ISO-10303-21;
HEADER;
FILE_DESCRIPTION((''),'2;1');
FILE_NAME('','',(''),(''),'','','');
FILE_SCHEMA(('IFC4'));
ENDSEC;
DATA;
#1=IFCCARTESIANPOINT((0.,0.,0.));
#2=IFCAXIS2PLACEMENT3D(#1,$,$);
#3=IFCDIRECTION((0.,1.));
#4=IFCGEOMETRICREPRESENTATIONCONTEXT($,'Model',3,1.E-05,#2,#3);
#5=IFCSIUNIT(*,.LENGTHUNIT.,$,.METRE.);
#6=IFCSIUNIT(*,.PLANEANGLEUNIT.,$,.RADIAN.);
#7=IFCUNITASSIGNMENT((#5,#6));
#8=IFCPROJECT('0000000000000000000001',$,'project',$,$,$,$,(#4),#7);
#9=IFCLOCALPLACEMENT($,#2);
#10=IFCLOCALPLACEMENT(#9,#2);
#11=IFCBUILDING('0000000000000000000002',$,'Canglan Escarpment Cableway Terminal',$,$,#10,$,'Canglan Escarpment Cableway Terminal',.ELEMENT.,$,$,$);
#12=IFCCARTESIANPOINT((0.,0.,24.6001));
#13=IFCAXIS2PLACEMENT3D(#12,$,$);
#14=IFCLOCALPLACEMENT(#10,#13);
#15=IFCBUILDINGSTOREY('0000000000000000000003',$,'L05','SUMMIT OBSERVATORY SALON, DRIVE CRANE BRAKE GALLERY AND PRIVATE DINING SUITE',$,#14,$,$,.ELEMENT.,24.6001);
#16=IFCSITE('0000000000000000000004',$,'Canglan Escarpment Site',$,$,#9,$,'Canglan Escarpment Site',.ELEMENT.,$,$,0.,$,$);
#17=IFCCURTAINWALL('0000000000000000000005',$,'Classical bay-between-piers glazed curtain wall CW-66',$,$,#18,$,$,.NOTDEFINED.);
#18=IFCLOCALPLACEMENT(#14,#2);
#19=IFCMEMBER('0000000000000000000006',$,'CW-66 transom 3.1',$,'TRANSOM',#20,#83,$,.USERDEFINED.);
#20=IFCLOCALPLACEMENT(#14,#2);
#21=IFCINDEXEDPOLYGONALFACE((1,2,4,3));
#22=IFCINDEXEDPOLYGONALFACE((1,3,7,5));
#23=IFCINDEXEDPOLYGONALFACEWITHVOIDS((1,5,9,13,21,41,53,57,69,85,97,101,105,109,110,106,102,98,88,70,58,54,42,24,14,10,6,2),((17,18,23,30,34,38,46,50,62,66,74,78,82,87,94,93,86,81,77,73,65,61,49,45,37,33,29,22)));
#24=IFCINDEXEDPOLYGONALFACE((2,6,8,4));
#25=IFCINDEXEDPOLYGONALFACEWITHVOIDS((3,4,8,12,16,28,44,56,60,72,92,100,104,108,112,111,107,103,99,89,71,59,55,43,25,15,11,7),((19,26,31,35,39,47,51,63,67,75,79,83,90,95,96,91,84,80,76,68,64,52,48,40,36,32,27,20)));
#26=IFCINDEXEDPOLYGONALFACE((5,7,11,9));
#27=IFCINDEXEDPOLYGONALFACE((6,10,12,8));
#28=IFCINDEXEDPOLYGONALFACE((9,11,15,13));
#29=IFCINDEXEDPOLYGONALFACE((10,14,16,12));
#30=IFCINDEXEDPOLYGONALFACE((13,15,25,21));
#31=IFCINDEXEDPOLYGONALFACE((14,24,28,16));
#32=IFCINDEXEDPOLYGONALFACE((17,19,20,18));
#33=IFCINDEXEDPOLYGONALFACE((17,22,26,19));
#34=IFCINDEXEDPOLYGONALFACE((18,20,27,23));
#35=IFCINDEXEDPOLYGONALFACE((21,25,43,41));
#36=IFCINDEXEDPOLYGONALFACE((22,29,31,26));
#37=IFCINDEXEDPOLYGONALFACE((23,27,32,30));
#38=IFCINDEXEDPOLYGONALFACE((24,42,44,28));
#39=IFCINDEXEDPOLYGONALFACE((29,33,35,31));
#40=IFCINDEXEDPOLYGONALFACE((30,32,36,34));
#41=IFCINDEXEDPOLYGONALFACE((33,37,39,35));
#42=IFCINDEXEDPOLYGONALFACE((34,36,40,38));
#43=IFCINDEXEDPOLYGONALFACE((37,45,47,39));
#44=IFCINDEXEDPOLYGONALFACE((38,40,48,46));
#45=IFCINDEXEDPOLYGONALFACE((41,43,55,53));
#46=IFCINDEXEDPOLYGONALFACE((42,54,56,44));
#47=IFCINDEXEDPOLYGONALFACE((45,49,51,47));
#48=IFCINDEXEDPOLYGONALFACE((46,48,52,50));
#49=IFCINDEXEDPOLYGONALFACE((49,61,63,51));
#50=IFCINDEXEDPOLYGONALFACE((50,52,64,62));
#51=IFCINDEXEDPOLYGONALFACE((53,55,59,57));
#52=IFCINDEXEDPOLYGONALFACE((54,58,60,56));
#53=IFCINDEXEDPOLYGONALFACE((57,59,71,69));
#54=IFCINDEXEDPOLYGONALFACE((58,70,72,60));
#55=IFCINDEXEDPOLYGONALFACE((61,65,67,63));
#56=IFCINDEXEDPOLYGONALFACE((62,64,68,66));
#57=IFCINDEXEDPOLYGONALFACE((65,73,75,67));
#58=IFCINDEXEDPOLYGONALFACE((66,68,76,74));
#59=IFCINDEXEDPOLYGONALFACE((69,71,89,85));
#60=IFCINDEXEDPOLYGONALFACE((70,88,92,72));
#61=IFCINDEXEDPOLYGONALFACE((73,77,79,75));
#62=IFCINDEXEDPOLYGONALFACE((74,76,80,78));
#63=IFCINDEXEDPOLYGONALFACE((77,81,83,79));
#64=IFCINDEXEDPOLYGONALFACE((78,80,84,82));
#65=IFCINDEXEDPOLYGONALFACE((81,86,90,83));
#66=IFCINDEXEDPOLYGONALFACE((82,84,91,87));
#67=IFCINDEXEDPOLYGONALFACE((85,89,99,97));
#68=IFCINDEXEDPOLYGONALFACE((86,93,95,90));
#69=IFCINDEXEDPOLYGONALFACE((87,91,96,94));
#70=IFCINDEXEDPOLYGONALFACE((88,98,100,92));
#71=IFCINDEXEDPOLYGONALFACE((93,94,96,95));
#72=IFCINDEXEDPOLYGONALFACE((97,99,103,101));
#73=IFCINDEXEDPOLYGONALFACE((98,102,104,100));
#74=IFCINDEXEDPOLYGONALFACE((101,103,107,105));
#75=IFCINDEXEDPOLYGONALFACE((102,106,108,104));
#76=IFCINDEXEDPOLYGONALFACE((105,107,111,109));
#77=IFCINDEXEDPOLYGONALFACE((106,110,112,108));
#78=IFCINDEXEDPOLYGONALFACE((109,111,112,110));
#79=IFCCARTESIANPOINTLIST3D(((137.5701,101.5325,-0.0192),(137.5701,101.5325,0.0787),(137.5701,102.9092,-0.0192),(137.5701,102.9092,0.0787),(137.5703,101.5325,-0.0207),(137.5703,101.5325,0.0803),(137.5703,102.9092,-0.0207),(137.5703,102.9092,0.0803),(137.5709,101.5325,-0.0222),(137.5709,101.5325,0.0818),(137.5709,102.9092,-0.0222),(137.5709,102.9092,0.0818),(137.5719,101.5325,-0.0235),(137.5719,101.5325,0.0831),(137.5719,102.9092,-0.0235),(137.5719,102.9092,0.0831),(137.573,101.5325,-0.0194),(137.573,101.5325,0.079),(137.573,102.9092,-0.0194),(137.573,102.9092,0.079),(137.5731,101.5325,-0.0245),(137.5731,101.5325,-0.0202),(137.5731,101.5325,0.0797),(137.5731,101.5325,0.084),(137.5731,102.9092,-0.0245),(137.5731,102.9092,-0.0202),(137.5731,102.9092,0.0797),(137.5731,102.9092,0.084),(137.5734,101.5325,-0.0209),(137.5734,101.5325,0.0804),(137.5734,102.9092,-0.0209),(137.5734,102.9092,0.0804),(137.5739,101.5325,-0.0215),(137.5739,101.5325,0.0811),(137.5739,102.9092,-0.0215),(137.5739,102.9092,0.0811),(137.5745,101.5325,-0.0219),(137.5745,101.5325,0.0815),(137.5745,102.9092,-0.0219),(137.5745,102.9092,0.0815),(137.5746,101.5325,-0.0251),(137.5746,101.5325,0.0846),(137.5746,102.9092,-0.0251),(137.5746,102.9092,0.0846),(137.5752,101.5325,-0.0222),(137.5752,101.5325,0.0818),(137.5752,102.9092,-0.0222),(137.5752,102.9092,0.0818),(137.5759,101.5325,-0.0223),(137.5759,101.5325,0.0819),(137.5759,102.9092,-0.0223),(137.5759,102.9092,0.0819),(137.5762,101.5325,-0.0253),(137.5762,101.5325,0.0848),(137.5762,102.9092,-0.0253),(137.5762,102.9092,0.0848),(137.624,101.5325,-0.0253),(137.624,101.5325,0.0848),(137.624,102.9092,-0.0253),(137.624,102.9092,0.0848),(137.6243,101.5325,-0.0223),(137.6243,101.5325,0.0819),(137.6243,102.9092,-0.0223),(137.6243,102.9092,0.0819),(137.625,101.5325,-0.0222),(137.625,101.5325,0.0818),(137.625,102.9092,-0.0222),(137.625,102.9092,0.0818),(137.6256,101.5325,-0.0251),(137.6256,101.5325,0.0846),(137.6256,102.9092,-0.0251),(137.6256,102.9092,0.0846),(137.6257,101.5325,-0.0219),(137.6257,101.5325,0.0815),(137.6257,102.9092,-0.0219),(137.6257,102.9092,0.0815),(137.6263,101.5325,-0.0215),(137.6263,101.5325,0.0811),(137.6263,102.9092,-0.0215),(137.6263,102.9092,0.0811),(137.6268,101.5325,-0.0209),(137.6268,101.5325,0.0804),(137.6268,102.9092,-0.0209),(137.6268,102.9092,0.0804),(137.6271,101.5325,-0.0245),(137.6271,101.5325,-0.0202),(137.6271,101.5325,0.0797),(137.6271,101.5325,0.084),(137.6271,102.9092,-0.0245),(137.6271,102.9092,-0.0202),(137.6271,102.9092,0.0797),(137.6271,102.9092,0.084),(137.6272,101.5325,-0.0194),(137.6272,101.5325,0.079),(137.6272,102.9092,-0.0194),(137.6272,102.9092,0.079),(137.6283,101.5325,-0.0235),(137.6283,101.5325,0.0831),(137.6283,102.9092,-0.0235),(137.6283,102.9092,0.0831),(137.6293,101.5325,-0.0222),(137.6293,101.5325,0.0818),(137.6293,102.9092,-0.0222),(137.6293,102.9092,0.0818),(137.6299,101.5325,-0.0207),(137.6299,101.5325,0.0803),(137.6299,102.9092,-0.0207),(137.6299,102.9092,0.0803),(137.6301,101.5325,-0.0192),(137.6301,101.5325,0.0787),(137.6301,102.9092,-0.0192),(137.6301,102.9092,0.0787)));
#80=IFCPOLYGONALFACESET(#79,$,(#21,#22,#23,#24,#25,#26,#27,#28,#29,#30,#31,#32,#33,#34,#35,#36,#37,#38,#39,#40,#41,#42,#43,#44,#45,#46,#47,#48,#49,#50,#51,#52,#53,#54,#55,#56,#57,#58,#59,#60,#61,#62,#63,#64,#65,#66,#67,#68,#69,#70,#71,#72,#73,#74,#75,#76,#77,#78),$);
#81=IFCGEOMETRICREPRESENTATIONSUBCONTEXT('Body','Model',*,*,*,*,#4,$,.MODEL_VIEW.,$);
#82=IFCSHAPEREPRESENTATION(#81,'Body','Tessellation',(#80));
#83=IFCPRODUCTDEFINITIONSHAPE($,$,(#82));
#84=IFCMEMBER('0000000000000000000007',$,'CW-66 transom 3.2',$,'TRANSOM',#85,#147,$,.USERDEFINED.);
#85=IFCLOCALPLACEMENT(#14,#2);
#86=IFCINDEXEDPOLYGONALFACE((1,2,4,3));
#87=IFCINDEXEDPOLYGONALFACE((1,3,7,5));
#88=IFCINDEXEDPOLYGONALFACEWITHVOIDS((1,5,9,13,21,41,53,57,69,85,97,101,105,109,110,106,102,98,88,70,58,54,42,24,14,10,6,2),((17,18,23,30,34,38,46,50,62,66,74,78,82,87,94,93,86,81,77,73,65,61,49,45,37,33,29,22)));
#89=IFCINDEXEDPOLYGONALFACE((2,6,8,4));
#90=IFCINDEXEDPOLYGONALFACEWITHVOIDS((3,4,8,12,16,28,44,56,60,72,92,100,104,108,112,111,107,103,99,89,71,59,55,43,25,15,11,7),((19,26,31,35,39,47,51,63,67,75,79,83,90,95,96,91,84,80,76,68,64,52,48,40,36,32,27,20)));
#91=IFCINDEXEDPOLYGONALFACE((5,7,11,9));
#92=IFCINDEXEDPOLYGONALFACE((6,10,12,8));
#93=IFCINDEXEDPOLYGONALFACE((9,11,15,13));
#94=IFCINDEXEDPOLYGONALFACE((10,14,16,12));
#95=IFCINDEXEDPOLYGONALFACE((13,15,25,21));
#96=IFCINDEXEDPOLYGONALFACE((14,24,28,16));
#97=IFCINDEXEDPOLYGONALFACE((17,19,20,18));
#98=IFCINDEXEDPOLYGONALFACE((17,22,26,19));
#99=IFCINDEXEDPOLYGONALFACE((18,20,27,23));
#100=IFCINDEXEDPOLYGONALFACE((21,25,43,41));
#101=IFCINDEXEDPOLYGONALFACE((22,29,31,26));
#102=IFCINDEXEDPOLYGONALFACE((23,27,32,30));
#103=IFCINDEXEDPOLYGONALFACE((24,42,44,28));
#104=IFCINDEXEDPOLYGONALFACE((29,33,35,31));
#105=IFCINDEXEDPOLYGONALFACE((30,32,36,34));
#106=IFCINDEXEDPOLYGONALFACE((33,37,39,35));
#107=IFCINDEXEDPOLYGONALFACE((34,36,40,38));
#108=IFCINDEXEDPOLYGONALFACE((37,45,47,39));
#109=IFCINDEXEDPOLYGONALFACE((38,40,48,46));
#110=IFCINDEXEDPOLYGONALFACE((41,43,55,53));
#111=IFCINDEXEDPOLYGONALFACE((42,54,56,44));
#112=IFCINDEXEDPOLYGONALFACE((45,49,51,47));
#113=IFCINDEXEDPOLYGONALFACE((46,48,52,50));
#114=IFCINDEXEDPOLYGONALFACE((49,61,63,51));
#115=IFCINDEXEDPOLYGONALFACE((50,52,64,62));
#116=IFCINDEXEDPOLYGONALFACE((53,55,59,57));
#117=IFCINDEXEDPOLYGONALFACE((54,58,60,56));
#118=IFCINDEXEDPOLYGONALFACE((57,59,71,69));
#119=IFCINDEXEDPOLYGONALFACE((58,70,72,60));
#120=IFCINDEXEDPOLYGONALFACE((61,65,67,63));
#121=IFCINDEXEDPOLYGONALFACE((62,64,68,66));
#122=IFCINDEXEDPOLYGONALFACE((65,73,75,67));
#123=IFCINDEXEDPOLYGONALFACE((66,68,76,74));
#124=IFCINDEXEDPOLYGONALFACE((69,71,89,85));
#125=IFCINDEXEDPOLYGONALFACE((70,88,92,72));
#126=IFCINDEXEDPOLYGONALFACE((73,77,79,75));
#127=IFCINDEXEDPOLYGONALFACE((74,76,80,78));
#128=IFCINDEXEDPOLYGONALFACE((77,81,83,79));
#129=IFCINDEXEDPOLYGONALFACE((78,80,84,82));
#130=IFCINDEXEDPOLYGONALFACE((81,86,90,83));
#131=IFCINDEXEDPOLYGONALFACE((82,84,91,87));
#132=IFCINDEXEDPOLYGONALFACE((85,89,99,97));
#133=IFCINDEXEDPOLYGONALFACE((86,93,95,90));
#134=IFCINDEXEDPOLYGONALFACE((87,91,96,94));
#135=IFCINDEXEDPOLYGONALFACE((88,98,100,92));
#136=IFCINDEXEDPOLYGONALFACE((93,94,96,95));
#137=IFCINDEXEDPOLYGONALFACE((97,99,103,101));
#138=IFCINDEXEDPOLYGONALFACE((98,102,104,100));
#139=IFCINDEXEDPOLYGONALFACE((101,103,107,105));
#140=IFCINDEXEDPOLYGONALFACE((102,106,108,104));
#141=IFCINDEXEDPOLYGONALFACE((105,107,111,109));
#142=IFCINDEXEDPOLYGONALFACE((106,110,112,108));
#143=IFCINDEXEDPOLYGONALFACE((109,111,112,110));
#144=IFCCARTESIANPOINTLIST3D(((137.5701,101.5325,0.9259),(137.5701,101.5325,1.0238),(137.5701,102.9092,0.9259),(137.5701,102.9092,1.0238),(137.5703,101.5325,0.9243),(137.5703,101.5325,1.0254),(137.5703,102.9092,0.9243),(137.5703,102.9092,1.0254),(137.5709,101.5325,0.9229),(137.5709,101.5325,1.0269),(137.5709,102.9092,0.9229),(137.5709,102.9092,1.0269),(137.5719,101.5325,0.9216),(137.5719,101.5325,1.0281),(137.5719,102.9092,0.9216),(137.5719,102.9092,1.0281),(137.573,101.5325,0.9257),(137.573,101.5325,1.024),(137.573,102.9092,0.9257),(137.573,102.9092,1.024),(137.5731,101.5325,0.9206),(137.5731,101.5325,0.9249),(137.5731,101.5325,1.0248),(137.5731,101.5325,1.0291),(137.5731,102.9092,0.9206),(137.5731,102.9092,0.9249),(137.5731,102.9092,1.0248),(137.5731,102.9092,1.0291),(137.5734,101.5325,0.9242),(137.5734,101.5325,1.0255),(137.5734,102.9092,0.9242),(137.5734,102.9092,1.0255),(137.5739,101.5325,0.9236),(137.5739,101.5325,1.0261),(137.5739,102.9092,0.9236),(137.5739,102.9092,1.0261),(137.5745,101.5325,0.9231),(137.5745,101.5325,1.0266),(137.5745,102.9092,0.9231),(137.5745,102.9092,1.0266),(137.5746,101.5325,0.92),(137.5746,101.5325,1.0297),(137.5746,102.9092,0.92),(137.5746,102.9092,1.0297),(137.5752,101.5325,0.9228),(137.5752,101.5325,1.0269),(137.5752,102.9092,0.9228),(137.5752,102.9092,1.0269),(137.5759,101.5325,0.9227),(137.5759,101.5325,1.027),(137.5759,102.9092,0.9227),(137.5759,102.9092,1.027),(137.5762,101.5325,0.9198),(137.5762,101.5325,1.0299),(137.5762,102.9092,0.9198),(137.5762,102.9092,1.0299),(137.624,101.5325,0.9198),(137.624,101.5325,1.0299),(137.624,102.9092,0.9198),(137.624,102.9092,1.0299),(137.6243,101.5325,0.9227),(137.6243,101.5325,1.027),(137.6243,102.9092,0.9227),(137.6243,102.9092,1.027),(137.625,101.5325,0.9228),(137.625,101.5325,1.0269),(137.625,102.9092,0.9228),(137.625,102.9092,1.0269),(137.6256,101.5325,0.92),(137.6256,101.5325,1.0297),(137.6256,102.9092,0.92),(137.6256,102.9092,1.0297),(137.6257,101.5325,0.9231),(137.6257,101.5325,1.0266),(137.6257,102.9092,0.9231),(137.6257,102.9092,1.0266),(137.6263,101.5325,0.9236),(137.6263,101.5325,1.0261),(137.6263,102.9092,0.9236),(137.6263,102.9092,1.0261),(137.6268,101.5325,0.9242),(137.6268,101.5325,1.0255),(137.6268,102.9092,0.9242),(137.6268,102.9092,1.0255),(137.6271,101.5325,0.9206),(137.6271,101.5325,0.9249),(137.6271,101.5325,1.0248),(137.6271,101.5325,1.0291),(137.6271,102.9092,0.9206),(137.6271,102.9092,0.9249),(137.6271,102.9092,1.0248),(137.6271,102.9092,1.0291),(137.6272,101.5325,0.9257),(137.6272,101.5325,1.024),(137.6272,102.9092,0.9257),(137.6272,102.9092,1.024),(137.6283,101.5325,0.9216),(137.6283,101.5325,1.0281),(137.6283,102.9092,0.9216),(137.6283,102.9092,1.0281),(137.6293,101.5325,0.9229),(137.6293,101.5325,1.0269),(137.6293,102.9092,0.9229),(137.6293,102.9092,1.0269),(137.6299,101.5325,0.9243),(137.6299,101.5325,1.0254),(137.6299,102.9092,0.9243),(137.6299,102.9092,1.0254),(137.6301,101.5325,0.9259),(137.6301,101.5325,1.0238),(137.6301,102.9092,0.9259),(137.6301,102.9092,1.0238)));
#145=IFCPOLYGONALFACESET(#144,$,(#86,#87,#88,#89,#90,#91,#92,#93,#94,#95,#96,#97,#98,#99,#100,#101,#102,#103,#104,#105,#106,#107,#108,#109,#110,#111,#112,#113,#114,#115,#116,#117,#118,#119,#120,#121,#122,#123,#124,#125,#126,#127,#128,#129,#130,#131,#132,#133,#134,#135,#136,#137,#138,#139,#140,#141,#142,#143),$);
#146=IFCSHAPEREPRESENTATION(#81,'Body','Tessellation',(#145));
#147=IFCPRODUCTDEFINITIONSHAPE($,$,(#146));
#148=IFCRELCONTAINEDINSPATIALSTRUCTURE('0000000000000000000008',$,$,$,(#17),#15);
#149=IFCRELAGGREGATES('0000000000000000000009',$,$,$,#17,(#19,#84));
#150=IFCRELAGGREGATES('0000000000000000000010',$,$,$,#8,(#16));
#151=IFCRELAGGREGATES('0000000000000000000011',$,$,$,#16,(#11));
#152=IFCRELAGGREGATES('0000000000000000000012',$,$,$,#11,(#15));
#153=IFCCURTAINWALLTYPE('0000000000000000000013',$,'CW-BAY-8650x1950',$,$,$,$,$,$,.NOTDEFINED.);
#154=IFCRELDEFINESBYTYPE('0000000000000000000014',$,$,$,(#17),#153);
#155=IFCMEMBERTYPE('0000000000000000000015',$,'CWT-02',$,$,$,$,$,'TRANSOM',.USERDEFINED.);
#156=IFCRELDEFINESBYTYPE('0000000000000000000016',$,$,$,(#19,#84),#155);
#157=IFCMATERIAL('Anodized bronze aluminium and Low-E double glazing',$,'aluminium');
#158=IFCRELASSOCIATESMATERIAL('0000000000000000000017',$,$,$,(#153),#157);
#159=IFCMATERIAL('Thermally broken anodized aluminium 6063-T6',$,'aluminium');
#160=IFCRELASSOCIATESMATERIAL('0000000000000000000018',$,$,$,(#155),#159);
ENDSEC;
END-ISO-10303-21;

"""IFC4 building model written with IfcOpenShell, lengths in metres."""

from ifc_helpers import new_model, si_unit, direction, frame, origin, origin_2d, place, context, subcontext, project, spatial, hollow_rectangle, extrude, material, material_profile, profile_set, type_object, element, aggregate, save


model = new_model("IFC4")

# Units and contexts
model_context = context("Model", 3, precision=1e-05, world=origin(), true_north=direction((0.0, 1.0)))
body_context = subcontext(model_context, "Body", "Model", "MODEL_VIEW")
ifc_project = project(units=[si_unit("LENGTHUNIT", "METRE"), si_unit("PLANEANGLEUNIT", "RADIAN")], contexts=[model_context])

# Site, building, storey
site_placement = place(None, origin())
site = spatial("IfcSite", under=ifc_project, at=site_placement, Name="Canglan Escarpment Site", LongName="Canglan Escarpment Site", CompositionType="ELEMENT", RefElevation=0.0)
building_placement = place(site_placement, origin())
building = spatial("IfcBuilding", under=site, at=building_placement, Name="Canglan Escarpment Cableway Terminal", LongName="Canglan Escarpment Cableway Terminal", CompositionType="ELEMENT")
storey_placement = place(building_placement, frame((0.0, 0.0, 24.6001)))
storey = spatial("IfcBuildingStorey", under=building, at=storey_placement, Name="L05", Description="SUMMIT OBSERVATORY SALON, DRIVE CRANE BRAKE GALLERY AND PRIVATE DINING SUITE", CompositionType="ELEMENT", Elevation=24.6001)

# Curtain wall, members
ifc_material_1 = material(Name="Anodized bronze aluminium and Low-E double glazing", Category="aluminium")
curtain_wall_type = type_object("IfcCurtainWallType", Name="CW-BAY-8650x1950", PredefinedType="NOTDEFINED", material=ifc_material_1)
curtain_wall_placement = place(storey_placement, origin())
curtain_wall = element("IfcCurtainWall", 1, at=curtain_wall_placement, inside=storey, type_object=curtain_wall_type, Name="Classical bay-between-piers glazed curtain wall CW-66", PredefinedType="NOTDEFINED")
ifc_material_2 = material(Name="Thermally broken anodized aluminium 6063-T6", Category="aluminium")
ifc_material_profile_1 = material_profile(ifc_material_2, hollow_rectangle(XDim=0.0601, YDim=0.1101, WallThickness=0.0029, InnerFilletRadius=0.0029, OuterFilletRadius=0.0061, at=origin_2d()), Name="ALU-TRAN 60x110x3")
ifc_profile_set_1 = profile_set([ifc_material_profile_1], Name="Thermally broken anodized aluminium 6063-T6")
member_type_1 = type_object("IfcMemberType", Name="CWT-02", ElementType="TRANSOM", PredefinedType="USERDEFINED", material=ifc_profile_set_1)
member_1_placement = place(storey_placement, frame((137.6001, 102.9092, 0.0298), z_axis=(0.0, -1.0, 0.0), x_axis=(1.0, 0.0, 0.0)))
member_1 = element("IfcMember", 2, at=member_1_placement, type_object=member_type_1, Name="CW-66 transom 3.1", ObjectType="TRANSOM", PredefinedType="USERDEFINED", context=body_context, shape_type="SweptSolid", body=[
    extrude(hollow_rectangle(XDim=0.0601, YDim=0.1101, WallThickness=0.0029, InnerFilletRadius=0.0029, OuterFilletRadius=0.0061, at=origin_2d()), origin(), (0.0, 0.0, 1.0), 1.3767),
])
member_2_placement = place(storey_placement, frame((137.6001, 102.9092, 0.9749), z_axis=(0.0, -1.0, 0.0), x_axis=(1.0, 0.0, 0.0)))
member_2 = element("IfcMember", 3, at=member_2_placement, type_object=member_type_1, Name="CW-66 transom 3.2", ObjectType="TRANSOM", PredefinedType="USERDEFINED", context=body_context, shape_type="SweptSolid", body=[
    extrude(hollow_rectangle(XDim=0.0601, YDim=0.1101, WallThickness=0.0029, InnerFilletRadius=0.0029, OuterFilletRadius=0.0061, at=origin_2d()), origin(), (0.0, 0.0, 1.0), 1.3767),
])

aggregate(curtain_wall, [member_1, member_2])

save(model, "model.ifc")
